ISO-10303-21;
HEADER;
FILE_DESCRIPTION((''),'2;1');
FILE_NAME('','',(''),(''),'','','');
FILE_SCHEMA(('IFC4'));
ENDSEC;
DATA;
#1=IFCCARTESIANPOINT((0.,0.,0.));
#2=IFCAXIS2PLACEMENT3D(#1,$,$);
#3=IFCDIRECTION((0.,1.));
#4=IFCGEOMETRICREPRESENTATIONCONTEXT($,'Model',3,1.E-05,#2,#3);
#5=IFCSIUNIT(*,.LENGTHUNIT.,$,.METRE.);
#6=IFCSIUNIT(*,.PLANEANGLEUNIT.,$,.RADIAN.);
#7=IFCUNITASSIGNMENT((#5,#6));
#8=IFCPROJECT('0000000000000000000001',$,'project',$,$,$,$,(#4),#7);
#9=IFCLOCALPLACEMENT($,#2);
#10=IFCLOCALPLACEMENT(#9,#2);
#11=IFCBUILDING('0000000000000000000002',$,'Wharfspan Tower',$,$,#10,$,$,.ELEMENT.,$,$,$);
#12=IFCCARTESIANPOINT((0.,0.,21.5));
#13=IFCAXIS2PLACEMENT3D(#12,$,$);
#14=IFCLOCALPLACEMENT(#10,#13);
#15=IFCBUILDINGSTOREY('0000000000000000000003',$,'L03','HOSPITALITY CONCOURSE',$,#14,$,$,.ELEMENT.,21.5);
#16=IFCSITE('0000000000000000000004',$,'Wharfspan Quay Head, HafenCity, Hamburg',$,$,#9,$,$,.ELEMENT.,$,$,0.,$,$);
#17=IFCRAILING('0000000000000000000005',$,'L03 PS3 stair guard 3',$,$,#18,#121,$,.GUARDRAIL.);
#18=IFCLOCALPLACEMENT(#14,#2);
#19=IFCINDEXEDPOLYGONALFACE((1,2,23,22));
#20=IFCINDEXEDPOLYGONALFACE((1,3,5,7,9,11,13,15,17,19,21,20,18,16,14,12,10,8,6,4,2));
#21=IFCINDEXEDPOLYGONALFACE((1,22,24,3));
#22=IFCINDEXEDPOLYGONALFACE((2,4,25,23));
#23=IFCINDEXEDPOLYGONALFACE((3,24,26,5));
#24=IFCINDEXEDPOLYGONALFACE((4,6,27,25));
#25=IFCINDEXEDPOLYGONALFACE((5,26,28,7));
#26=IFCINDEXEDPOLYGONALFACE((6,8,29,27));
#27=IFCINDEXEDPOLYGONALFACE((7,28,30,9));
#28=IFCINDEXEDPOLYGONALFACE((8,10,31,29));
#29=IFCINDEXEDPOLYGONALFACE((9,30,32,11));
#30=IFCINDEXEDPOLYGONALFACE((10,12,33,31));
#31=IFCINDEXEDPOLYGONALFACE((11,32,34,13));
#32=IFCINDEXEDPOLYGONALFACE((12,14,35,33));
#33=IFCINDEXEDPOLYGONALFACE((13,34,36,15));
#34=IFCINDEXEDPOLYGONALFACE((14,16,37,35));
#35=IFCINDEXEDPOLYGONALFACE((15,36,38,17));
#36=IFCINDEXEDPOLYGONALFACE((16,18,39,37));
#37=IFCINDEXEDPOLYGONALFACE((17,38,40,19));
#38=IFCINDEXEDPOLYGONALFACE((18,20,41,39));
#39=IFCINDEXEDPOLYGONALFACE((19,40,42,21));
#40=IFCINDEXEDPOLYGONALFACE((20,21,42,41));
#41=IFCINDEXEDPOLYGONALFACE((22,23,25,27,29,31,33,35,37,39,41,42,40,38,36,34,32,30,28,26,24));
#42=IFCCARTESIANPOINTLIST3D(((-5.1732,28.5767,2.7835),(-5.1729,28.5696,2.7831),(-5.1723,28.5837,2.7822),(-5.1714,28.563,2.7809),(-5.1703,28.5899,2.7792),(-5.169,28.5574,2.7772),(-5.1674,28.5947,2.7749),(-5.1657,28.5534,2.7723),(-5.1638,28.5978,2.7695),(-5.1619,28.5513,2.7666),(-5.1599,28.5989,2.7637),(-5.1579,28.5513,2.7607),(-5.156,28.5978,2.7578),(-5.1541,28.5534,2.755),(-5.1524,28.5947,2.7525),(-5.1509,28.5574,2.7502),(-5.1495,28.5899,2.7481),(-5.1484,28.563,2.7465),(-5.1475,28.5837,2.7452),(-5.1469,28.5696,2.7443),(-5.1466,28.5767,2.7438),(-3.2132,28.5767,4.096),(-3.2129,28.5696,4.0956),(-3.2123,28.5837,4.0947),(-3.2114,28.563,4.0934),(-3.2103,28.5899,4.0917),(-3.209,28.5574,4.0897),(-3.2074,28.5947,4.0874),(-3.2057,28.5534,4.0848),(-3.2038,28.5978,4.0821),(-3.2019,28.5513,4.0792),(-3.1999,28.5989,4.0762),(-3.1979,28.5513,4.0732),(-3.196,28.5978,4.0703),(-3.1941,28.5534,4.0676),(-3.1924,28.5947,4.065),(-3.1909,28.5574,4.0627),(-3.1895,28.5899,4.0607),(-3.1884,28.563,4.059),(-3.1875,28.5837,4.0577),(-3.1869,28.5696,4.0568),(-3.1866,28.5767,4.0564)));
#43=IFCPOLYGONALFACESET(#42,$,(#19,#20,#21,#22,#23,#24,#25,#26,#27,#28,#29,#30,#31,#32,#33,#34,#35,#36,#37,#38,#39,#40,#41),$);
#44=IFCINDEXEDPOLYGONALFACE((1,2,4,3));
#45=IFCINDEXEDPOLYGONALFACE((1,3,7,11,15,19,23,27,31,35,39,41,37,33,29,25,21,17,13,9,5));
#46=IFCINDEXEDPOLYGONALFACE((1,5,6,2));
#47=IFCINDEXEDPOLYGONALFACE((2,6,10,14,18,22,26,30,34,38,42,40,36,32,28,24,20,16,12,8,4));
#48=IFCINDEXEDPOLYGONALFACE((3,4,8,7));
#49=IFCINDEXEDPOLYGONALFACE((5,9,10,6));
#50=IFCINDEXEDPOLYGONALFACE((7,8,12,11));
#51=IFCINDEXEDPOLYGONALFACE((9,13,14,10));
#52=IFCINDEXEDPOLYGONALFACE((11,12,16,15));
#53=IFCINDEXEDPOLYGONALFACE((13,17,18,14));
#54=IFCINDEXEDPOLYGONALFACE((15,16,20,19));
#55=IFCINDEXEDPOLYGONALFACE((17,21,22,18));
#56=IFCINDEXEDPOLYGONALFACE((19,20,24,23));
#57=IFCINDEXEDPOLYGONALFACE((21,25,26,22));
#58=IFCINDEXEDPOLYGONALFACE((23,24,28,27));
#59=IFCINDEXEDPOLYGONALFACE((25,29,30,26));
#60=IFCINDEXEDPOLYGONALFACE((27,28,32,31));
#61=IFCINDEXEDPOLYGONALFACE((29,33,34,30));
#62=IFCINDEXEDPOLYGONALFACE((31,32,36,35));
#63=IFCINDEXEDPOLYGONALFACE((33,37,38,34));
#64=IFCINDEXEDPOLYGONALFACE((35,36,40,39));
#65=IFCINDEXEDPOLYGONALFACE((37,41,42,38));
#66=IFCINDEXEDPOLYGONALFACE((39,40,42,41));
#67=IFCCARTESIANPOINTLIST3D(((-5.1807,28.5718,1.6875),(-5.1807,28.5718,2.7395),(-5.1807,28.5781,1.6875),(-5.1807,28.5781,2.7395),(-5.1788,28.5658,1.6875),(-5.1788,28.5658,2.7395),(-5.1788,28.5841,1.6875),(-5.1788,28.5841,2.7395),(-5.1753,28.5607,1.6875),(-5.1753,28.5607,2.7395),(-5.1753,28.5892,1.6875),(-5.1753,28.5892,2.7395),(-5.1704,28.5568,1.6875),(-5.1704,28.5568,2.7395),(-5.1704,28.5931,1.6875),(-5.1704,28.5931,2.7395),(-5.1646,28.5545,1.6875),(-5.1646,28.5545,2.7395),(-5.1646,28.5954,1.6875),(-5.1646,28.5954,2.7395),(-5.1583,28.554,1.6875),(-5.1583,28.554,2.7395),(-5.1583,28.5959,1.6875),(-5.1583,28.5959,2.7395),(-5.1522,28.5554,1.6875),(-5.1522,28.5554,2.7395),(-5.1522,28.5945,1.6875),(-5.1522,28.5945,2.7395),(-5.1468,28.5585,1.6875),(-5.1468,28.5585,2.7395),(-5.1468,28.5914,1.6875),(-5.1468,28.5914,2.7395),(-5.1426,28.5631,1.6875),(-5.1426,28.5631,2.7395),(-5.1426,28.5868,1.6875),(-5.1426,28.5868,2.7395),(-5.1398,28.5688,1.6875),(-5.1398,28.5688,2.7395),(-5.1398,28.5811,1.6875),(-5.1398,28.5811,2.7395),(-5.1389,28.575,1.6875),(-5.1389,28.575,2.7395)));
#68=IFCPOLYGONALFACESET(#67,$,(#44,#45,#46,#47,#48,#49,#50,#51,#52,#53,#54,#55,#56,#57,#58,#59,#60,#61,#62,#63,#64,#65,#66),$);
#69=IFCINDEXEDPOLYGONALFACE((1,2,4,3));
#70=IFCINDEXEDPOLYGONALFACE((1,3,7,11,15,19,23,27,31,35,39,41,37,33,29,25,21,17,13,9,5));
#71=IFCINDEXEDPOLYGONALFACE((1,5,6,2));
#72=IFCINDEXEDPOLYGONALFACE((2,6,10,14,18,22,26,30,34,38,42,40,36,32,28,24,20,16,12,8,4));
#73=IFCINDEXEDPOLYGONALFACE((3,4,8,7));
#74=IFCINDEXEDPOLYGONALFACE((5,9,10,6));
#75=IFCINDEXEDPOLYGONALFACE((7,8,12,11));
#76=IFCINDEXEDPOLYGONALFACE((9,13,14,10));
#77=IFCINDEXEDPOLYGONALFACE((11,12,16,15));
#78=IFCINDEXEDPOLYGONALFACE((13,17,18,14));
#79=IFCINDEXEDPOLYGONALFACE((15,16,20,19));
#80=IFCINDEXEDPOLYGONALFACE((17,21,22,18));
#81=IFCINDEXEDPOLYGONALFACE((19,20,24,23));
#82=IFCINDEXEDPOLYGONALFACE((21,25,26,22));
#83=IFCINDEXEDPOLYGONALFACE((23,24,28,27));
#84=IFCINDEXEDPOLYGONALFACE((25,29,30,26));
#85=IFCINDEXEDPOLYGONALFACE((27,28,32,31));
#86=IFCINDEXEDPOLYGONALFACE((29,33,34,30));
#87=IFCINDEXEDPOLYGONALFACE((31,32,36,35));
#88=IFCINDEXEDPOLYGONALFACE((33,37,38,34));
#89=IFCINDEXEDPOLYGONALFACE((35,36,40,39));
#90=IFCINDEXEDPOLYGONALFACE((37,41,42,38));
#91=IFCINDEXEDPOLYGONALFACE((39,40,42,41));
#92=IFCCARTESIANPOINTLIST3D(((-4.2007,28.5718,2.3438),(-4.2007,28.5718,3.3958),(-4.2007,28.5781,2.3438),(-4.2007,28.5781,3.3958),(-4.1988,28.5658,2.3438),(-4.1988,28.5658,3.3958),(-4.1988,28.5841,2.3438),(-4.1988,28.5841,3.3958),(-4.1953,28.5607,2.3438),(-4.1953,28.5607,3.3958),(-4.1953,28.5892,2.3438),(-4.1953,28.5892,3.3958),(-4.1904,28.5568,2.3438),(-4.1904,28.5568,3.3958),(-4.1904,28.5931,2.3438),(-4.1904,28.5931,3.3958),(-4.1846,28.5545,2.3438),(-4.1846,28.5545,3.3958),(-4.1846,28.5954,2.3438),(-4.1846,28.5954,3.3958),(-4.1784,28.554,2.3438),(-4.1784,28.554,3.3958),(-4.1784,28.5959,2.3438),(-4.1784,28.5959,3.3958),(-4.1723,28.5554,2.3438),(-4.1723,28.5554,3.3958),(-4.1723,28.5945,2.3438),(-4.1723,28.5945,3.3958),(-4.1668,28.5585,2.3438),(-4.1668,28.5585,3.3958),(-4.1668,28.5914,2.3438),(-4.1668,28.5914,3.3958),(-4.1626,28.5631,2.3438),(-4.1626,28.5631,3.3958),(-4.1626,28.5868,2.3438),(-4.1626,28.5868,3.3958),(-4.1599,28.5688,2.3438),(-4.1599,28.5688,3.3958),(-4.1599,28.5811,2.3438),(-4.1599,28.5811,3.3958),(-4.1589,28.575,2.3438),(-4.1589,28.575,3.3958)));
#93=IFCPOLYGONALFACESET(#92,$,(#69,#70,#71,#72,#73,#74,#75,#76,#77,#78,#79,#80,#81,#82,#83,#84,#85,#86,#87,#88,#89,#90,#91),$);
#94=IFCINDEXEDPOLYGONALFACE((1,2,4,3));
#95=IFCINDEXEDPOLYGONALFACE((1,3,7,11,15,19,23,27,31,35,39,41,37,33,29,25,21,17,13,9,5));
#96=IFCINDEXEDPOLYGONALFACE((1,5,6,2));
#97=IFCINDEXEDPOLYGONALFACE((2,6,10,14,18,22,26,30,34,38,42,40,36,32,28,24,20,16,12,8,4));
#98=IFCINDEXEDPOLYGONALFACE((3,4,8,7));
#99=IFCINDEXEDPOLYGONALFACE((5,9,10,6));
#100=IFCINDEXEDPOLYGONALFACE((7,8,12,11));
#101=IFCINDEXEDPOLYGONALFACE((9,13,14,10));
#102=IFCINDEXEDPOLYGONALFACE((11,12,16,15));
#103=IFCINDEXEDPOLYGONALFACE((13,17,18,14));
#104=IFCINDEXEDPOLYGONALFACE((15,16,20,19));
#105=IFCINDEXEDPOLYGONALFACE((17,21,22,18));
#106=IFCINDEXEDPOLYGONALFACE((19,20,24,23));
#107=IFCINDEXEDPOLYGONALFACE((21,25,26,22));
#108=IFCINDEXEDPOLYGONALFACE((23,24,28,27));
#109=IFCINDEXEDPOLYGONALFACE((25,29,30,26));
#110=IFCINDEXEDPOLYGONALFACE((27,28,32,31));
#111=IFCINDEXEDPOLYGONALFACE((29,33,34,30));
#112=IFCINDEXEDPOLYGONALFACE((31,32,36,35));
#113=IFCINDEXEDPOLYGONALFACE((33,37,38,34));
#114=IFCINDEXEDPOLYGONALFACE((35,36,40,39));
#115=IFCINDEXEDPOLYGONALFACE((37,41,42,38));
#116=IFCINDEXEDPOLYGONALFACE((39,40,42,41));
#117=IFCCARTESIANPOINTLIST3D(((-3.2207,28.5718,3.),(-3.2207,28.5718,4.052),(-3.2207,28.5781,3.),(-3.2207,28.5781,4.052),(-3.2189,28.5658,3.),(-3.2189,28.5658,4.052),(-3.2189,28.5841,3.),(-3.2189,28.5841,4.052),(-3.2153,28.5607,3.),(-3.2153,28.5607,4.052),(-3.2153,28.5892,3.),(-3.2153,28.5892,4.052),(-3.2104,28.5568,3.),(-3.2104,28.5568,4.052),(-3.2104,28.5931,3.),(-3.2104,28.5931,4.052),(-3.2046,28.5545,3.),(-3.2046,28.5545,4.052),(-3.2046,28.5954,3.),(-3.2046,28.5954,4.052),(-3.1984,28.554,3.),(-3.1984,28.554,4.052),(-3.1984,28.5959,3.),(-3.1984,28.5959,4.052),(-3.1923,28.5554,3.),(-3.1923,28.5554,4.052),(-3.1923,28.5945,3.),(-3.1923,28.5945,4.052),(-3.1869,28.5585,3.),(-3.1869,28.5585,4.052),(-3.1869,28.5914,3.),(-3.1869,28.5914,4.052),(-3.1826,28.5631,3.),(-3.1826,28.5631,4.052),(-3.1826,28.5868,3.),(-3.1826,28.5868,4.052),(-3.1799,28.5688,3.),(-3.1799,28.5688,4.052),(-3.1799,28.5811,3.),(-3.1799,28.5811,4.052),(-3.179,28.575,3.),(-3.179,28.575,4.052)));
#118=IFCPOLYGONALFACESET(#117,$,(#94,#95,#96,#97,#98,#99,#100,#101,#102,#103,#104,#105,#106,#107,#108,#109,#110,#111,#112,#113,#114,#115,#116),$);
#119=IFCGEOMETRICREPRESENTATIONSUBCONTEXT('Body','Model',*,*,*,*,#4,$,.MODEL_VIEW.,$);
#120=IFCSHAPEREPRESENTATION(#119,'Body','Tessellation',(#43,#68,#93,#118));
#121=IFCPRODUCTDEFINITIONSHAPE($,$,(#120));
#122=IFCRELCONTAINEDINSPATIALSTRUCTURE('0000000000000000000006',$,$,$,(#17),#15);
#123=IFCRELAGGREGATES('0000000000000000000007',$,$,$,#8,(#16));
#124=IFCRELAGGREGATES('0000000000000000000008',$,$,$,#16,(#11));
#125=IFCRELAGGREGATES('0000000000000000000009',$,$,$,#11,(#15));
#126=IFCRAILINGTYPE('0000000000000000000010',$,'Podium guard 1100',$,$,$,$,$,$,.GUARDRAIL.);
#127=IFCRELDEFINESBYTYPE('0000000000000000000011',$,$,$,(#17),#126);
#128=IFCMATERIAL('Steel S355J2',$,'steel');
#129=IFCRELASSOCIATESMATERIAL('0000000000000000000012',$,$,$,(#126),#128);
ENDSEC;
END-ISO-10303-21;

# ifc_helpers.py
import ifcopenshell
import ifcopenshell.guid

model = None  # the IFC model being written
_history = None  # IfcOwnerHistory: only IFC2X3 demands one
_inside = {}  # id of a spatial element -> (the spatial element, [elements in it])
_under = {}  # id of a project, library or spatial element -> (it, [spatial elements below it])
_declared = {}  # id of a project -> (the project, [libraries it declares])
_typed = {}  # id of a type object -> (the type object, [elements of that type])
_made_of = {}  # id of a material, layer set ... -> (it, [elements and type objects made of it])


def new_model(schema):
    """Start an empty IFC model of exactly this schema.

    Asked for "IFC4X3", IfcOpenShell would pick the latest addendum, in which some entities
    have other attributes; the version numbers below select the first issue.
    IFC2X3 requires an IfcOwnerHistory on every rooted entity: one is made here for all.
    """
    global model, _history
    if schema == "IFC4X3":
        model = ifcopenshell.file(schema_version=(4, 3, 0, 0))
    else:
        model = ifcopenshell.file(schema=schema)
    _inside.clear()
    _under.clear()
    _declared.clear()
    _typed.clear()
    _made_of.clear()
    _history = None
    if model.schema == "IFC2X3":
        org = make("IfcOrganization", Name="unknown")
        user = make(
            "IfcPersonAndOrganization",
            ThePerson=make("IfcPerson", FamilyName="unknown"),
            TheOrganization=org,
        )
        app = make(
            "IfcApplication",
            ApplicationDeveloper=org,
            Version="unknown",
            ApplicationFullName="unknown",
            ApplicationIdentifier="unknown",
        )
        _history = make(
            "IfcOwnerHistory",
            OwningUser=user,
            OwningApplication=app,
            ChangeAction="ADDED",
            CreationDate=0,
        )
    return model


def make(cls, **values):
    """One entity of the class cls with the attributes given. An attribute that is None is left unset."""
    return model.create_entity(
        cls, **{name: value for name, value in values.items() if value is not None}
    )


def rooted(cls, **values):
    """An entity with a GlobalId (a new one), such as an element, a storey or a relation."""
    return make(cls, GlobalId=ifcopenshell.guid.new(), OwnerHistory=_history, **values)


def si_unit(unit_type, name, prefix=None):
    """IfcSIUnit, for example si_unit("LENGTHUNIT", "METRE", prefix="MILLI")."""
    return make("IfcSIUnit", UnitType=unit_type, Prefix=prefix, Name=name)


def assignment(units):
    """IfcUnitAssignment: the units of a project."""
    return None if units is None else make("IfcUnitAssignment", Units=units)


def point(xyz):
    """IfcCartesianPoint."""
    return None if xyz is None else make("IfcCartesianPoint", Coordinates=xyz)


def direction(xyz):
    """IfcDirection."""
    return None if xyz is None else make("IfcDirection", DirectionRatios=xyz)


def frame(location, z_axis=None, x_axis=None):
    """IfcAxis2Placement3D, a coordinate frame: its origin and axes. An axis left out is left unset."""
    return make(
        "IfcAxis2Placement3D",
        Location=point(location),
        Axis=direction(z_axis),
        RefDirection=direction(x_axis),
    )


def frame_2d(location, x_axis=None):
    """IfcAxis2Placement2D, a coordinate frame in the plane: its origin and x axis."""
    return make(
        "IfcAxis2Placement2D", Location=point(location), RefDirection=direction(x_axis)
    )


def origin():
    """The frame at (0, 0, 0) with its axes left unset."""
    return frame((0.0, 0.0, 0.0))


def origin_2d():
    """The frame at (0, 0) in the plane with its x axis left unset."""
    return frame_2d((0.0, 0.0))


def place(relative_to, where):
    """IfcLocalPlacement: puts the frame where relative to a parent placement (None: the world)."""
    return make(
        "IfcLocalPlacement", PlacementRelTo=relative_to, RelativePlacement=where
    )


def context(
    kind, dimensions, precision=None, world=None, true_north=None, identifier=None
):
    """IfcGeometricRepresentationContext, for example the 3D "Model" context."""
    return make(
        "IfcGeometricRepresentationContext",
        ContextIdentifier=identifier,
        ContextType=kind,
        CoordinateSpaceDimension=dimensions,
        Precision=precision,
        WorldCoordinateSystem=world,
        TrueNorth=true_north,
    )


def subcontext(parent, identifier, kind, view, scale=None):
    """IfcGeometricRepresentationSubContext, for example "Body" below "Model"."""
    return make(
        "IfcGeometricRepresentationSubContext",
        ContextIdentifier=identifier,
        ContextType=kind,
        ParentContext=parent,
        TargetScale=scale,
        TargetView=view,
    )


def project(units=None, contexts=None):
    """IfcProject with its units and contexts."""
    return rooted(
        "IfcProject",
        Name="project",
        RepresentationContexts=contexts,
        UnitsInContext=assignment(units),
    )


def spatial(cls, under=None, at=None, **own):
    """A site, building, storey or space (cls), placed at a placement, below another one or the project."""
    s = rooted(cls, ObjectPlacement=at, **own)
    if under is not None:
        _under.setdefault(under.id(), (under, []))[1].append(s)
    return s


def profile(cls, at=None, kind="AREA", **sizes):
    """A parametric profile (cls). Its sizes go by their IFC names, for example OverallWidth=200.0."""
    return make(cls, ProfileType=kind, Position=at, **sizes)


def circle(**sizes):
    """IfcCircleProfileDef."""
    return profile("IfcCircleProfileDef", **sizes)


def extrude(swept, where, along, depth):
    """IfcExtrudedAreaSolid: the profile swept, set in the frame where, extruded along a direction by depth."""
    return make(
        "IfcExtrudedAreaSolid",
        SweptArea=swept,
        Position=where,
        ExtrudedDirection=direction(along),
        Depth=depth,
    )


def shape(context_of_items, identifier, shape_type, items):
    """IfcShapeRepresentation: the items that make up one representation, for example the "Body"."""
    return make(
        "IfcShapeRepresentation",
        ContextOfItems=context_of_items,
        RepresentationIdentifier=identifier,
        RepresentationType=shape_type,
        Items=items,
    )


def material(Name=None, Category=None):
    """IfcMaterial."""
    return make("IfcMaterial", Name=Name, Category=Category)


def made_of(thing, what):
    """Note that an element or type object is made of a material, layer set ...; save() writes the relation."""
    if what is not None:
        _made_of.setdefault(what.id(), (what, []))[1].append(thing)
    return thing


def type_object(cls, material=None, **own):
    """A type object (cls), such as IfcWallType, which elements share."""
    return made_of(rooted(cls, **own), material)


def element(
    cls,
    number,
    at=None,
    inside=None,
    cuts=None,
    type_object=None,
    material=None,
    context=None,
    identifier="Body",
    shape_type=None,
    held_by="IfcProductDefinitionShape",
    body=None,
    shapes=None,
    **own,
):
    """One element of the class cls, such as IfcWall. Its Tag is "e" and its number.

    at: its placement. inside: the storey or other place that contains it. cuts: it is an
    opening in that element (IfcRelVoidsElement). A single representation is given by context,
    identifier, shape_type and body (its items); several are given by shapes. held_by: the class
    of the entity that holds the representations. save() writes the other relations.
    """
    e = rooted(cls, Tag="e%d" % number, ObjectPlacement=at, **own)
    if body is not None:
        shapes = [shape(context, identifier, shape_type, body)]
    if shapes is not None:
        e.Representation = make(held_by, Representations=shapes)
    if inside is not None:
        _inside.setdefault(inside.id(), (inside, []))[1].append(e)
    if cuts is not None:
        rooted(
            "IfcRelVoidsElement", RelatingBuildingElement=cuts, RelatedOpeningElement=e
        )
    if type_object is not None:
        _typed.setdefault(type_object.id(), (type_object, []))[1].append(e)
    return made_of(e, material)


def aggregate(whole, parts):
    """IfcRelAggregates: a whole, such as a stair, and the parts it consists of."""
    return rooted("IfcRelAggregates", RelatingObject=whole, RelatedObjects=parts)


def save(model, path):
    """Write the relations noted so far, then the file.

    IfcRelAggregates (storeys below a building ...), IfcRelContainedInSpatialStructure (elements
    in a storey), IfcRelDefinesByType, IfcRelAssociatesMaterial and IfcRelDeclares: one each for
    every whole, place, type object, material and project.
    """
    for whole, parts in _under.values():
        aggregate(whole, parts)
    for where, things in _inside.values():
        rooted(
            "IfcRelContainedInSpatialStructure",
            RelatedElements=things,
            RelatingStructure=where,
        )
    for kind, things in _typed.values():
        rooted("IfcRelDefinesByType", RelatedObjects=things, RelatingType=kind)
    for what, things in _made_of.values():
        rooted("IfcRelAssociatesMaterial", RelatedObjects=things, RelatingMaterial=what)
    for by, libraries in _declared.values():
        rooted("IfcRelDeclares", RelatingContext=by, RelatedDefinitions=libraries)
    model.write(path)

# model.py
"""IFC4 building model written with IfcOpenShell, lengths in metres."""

from ifc_helpers import new_model, si_unit, direction, frame, origin, origin_2d, place, context, subcontext, project, spatial, circle, extrude, material, type_object, element, save


model = new_model("IFC4")

# Units and contexts
model_context = context("Model", 3, precision=1e-05, world=origin(), true_north=direction((0.0, 1.0)))
body_context = subcontext(model_context, "Body", "Model", "MODEL_VIEW")
ifc_project = project(units=[si_unit("LENGTHUNIT", "METRE"), si_unit("PLANEANGLEUNIT", "RADIAN")], contexts=[model_context])

# Site, building, storey
site_placement = place(None, origin())
site = spatial("IfcSite", under=ifc_project, at=site_placement, Name="Wharfspan Quay Head, HafenCity, Hamburg", CompositionType="ELEMENT", RefElevation=0.0)
building_placement = place(site_placement, origin())
building = spatial("IfcBuilding", under=site, at=building_placement, Name="Wharfspan Tower", CompositionType="ELEMENT")
storey_placement = place(building_placement, frame((0.0, 0.0, 21.5)))
storey = spatial("IfcBuildingStorey", under=building, at=storey_placement, Name="L03", Description="HOSPITALITY CONCOURSE", CompositionType="ELEMENT", Elevation=21.5)

# Railing
ifc_material_1 = material(Name="Steel S355J2", Category="steel")
railing_type_1 = type_object("IfcRailingType", Name="Podium guard 1100", PredefinedType="GUARDRAIL", material=ifc_material_1)
railing_1_placement = place(storey_placement, frame((-5.1599, 28.575, 1.6875)))
element("IfcRailing", 1, at=railing_1_placement, inside=storey, type_object=railing_type_1, Name="L03 PS3 stair guard 3", PredefinedType="GUARDRAIL", context=body_context, shape_type="SweptSolid", body=[
    extrude(circle(Radius=0.0239, at=origin_2d()), frame((0.0, 0.0, 1.0762), z_axis=(0.830902, 0.0, 0.556419), x_axis=(0.0, 1.0, 0.0)), (0.0, 0.0, 1.0), 2.3589),
    extrude(circle(Radius=0.021, at=origin_2d()), origin(), (0.0, 0.0, 1.0), 1.052),
    extrude(circle(Radius=0.021, at=origin_2d()), frame((0.98, 0.0, 0.6562)), (0.0, 0.0, 1.0), 1.052),
    extrude(circle(Radius=0.021, at=origin_2d()), frame((1.96, 0.0, 1.3125)), (0.0, 0.0, 1.0), 1.052),
])

save(model, "model.ifc")
